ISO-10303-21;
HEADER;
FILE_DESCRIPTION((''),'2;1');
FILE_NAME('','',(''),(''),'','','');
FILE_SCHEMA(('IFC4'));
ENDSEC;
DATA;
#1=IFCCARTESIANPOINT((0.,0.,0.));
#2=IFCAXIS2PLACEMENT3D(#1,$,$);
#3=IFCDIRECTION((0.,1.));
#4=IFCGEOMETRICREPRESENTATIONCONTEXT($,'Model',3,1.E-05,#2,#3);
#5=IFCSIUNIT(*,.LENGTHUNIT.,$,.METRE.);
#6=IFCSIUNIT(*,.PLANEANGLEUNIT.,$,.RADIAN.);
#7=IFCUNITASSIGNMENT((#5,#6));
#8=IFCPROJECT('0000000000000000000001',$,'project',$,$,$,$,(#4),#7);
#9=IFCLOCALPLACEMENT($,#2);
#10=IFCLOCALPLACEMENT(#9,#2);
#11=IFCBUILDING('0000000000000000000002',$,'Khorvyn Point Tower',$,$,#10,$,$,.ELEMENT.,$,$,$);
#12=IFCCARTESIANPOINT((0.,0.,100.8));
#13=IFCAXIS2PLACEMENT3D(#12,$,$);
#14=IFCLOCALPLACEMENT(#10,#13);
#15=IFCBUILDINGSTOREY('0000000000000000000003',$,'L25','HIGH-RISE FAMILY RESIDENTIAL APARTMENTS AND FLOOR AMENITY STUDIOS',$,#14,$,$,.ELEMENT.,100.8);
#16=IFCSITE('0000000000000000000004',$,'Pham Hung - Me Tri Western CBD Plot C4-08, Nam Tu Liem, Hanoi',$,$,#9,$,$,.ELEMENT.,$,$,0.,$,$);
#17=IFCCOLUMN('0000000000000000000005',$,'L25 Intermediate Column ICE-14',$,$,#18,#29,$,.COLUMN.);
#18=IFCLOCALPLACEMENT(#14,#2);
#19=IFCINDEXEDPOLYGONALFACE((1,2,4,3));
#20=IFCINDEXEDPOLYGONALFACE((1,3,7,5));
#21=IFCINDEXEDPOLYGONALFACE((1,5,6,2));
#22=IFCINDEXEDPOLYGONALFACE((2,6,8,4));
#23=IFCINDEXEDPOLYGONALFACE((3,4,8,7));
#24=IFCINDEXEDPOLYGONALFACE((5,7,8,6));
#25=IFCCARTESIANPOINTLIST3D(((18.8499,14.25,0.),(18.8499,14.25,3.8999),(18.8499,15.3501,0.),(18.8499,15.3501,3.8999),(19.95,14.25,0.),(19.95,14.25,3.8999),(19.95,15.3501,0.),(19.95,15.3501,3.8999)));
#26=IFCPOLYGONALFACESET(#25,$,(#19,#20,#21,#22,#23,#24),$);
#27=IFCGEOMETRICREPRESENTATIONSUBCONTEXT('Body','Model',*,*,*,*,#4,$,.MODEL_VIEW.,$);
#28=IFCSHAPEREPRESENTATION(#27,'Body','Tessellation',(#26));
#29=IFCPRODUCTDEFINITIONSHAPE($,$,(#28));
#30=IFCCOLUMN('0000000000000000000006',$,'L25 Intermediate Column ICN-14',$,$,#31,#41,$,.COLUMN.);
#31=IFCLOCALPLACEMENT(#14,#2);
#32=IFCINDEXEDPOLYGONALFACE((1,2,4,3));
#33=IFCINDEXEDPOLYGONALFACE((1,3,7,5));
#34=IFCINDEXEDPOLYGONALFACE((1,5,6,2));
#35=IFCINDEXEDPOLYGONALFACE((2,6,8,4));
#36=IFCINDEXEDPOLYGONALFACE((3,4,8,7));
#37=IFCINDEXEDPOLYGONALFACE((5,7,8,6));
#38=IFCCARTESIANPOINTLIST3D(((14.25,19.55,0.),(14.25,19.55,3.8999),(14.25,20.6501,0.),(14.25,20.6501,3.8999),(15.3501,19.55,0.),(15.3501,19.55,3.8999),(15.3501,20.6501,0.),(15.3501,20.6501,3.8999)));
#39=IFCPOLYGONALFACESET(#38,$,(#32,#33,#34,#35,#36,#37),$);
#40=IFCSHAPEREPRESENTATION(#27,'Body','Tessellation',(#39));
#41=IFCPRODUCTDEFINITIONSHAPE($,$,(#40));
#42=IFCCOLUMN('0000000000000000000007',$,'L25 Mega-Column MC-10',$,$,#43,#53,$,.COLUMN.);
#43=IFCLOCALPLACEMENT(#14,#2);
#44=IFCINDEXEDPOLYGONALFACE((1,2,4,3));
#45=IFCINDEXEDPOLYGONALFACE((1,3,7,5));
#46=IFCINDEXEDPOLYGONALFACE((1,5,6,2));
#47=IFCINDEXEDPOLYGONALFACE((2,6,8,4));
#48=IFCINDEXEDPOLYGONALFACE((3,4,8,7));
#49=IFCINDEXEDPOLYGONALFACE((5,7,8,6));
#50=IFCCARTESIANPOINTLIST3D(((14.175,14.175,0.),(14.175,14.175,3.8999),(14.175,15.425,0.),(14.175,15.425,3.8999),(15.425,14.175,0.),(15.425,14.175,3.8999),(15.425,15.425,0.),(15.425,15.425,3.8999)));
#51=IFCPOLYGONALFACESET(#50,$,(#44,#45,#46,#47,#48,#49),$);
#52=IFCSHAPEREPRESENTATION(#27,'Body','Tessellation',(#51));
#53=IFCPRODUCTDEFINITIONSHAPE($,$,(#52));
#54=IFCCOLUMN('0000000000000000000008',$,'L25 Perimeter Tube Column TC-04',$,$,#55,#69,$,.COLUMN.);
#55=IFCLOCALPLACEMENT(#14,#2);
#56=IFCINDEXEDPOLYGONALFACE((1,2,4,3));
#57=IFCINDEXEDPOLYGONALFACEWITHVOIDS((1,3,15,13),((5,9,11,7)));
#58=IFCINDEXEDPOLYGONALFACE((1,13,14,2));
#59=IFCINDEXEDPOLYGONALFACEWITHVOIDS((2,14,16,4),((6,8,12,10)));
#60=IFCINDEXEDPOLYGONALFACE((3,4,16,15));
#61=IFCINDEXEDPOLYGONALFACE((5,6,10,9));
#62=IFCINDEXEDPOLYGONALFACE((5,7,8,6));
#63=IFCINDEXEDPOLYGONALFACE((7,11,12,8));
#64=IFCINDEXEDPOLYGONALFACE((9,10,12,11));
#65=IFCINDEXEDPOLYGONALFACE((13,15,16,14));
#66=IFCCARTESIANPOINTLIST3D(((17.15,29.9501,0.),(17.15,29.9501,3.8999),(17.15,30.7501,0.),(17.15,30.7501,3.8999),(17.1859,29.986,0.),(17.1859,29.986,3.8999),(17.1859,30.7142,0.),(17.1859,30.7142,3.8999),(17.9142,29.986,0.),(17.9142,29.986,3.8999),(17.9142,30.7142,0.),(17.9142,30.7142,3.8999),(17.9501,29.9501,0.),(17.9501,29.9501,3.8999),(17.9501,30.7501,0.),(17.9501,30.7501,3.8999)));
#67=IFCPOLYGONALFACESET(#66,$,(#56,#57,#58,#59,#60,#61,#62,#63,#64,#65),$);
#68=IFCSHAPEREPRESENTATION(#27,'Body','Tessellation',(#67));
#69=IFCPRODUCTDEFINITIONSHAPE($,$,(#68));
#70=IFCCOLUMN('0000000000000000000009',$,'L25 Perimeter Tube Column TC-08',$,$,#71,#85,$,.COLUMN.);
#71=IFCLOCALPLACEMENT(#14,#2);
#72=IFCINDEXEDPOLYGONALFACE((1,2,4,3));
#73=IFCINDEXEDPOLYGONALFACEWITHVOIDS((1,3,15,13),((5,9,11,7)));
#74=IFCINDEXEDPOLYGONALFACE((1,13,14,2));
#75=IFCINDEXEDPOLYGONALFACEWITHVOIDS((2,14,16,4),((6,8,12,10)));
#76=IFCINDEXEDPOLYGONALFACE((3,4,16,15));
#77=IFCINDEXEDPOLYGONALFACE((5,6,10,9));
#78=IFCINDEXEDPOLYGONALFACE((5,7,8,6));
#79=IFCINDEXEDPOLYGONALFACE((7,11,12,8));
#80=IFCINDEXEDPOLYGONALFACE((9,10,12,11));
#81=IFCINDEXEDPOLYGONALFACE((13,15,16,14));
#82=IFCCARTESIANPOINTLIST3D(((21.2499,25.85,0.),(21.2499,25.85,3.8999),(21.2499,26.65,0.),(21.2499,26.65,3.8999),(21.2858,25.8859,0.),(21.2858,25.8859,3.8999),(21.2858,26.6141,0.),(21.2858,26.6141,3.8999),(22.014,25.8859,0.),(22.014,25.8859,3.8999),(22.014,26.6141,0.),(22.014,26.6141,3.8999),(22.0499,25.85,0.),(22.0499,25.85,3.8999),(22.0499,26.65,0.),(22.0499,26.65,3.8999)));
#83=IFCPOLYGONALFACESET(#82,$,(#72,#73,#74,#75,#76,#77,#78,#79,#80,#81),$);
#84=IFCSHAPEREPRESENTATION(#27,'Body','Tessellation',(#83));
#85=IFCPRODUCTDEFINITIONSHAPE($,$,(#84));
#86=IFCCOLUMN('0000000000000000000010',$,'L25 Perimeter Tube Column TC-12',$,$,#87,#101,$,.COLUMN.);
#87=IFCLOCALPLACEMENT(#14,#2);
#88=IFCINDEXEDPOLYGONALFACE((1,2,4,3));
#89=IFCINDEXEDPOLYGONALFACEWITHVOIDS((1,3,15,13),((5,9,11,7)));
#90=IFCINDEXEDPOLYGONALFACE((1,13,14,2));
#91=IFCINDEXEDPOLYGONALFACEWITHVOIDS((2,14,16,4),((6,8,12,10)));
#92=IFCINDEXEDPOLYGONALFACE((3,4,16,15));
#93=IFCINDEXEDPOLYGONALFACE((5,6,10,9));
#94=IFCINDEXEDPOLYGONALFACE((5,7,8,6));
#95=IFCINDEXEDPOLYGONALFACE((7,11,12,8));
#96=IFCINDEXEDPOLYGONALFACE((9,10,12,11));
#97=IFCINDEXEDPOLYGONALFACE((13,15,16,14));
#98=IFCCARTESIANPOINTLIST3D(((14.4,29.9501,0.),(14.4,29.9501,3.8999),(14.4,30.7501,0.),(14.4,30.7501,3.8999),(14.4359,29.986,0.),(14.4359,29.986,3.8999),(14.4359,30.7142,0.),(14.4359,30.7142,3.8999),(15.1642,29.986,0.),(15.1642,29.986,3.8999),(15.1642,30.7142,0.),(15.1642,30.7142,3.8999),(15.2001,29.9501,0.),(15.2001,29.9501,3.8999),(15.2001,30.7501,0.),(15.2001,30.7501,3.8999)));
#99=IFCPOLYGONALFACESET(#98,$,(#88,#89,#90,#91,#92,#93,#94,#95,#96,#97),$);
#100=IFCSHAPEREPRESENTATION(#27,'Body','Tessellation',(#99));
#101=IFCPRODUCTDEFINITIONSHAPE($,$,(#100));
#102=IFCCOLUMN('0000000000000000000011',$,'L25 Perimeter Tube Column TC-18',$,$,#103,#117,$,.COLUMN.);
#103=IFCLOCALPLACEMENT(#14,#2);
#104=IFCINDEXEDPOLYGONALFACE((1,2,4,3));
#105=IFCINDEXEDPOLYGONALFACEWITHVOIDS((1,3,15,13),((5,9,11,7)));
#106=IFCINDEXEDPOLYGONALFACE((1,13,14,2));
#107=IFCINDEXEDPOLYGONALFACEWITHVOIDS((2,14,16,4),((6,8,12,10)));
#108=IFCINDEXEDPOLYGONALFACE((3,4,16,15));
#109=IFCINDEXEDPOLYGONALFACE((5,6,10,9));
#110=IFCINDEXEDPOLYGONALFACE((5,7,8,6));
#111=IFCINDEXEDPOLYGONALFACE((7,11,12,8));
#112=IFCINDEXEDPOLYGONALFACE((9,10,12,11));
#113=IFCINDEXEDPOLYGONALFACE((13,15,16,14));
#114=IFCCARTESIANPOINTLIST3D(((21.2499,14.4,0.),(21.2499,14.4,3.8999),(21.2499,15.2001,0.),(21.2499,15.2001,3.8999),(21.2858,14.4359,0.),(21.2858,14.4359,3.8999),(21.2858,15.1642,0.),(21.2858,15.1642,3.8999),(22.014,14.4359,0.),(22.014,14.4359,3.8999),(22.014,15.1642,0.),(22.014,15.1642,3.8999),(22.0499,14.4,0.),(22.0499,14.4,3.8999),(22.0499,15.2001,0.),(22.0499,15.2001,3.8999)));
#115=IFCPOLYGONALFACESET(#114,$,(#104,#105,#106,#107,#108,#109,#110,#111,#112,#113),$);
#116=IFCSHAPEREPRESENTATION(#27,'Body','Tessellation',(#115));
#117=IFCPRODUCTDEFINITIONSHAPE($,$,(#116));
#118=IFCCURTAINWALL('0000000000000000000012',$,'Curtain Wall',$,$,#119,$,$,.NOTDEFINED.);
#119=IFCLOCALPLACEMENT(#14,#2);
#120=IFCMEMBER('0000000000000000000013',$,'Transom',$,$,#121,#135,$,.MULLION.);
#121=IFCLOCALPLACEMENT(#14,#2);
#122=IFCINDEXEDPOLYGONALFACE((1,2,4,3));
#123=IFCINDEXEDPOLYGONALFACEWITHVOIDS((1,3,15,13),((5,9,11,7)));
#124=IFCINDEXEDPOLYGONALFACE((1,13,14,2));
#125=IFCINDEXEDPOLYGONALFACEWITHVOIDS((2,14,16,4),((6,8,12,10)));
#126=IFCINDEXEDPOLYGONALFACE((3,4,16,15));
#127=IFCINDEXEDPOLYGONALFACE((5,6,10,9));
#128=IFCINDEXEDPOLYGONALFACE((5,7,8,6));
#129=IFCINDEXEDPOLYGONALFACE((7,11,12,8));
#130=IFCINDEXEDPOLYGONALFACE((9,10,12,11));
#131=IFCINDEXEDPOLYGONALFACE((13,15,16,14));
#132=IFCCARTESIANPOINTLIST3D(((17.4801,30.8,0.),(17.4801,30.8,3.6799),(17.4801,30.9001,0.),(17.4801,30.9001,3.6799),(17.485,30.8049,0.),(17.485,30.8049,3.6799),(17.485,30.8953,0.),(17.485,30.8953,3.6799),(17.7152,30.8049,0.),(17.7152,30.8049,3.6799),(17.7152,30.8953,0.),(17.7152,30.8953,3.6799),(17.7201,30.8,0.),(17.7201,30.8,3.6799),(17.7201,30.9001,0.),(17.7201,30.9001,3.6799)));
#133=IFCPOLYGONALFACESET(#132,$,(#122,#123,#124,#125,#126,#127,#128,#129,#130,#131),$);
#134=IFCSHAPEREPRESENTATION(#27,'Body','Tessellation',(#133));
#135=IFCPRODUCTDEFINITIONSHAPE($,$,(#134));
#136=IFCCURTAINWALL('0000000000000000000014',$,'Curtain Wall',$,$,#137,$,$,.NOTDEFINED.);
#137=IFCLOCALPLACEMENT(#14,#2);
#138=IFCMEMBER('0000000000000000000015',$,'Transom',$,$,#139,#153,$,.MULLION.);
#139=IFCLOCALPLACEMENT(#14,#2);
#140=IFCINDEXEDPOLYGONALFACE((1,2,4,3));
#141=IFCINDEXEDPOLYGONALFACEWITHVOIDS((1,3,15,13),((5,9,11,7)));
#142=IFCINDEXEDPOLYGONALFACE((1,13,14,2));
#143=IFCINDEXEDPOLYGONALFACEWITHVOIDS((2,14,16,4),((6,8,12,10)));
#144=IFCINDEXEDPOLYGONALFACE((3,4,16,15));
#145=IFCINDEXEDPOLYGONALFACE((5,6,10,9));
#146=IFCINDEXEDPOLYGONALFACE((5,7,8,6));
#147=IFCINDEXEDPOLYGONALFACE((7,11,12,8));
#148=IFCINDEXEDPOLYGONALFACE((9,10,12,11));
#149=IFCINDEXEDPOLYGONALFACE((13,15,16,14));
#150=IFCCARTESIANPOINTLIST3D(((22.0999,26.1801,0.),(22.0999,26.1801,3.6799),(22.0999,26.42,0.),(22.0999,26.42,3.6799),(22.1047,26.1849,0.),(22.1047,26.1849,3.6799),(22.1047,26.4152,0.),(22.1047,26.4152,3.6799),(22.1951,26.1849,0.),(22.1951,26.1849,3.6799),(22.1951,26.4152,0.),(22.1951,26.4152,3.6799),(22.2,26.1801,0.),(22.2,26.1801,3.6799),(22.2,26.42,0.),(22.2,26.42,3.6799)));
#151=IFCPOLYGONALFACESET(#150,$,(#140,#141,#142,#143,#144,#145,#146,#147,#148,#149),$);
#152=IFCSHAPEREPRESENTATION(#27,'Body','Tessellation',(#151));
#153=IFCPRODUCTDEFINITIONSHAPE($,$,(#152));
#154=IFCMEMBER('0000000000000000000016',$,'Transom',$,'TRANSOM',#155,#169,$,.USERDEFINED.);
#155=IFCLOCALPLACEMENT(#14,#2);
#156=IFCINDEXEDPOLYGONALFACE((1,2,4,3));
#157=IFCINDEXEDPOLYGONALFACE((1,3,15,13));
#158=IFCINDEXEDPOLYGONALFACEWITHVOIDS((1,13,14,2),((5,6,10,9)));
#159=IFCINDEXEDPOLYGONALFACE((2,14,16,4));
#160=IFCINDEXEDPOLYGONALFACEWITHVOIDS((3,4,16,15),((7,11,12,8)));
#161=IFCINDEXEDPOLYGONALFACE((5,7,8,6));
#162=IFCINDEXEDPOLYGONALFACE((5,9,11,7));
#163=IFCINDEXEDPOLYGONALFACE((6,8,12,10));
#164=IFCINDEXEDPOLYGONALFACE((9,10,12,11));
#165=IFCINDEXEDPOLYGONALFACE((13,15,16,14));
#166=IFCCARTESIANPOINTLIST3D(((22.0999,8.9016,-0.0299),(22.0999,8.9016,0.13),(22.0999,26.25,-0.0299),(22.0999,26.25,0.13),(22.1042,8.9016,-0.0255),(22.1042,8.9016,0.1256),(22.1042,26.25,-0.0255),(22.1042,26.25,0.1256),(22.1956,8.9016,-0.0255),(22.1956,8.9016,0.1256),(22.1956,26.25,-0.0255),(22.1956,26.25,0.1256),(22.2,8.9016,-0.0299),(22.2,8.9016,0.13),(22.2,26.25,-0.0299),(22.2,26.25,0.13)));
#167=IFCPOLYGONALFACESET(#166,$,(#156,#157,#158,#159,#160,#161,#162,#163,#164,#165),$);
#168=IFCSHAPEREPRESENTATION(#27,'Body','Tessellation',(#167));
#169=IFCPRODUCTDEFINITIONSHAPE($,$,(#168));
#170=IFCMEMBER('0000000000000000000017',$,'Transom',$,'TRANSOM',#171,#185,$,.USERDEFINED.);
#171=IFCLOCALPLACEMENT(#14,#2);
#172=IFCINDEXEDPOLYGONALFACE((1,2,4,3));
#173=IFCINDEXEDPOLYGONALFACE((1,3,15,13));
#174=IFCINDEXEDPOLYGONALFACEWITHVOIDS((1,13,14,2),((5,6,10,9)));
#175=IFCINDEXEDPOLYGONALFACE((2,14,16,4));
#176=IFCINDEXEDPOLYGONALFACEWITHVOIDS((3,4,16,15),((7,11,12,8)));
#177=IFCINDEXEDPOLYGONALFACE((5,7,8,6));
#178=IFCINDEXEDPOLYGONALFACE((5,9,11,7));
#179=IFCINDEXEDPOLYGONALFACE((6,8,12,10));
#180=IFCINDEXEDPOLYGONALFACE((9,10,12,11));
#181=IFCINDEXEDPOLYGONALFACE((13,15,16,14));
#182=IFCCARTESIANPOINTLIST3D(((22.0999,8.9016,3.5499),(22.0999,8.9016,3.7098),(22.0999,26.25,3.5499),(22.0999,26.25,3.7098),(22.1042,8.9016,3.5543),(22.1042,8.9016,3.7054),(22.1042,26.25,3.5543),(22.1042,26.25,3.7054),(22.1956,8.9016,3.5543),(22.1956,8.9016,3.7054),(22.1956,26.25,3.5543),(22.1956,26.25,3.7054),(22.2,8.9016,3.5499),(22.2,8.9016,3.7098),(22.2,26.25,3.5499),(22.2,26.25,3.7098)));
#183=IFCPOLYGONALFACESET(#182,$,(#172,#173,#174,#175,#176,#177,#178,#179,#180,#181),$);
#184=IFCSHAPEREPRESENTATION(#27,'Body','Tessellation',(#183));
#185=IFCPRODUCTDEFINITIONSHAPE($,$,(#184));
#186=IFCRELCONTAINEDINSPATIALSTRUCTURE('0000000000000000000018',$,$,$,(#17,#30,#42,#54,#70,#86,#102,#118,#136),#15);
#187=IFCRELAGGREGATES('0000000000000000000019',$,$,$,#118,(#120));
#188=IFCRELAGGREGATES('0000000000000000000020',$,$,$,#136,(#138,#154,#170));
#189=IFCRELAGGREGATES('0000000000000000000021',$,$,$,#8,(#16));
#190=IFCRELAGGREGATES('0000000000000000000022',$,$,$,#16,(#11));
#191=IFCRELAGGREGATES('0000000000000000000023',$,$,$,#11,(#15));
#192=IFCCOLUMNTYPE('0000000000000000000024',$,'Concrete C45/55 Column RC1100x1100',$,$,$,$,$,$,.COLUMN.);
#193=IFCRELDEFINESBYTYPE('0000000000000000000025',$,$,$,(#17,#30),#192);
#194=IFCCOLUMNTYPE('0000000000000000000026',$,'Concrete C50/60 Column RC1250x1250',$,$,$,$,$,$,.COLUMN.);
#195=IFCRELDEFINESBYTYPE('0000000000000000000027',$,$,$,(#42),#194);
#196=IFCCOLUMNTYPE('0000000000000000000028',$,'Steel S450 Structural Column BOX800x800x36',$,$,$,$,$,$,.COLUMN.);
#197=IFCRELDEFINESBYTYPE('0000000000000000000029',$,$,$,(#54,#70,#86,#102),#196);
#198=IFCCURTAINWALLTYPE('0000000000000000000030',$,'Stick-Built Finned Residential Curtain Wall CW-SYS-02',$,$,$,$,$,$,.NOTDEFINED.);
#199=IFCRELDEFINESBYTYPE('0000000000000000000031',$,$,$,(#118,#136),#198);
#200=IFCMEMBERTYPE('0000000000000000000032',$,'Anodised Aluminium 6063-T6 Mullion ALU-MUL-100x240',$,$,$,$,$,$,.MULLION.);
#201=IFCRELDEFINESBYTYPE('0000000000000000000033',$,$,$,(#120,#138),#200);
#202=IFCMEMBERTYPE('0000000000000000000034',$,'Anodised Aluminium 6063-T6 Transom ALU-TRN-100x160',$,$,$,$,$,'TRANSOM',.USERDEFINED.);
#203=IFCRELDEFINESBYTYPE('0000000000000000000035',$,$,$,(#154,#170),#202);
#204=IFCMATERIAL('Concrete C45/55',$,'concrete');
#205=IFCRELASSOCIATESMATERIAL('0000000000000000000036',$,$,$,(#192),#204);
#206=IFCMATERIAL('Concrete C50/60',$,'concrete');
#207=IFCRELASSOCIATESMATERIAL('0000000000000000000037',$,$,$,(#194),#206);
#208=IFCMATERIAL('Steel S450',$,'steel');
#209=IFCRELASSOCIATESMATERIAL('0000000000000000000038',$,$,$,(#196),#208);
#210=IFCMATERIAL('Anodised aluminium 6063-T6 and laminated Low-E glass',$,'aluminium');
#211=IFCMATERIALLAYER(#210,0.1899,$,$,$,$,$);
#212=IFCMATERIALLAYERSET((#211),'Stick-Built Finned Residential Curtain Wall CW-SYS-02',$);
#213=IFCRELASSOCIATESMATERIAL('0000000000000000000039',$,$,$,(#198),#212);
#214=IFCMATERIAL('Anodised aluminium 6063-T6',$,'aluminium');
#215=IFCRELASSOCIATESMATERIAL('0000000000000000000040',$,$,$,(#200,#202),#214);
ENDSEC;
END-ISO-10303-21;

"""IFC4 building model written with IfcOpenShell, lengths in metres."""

from ifc_helpers import new_model, si_unit, direction, frame, origin, origin_2d, place, context, subcontext, project, spatial, rectangle, hollow_rectangle, extrude, material, layer, layer_set, material_profile, profile_set, type_object, element, aggregate, save


model = new_model("IFC4")

# Units and contexts
model_context = context("Model", 3, precision=1e-05, world=origin(), true_north=direction((0.0, 1.0)))
body_context = subcontext(model_context, "Body", "Model", "MODEL_VIEW")
ifc_project = project(units=[si_unit("LENGTHUNIT", "METRE"), si_unit("PLANEANGLEUNIT", "RADIAN")], contexts=[model_context])

# Site, building, storey
site_placement = place(None, origin())
site = spatial("IfcSite", under=ifc_project, at=site_placement, Name="Pham Hung - Me Tri Western CBD Plot C4-08, Nam Tu Liem, Hanoi", CompositionType="ELEMENT", RefElevation=0.0)
building_placement = place(site_placement, origin())
building = spatial("IfcBuilding", under=site, at=building_placement, Name="Khorvyn Point Tower", CompositionType="ELEMENT")
storey_placement = place(building_placement, frame((0.0, 0.0, 100.8)))
storey = spatial("IfcBuildingStorey", under=building, at=storey_placement, Name="L25", Description="HIGH-RISE FAMILY RESIDENTIAL APARTMENTS AND FLOOR AMENITY STUDIOS", CompositionType="ELEMENT", Elevation=100.8)

# Columns
ifc_material_1 = material(Name="Concrete C45/55", Category="concrete")
ifc_material_profile_1 = material_profile(ifc_material_1, rectangle(XDim=1.1001, YDim=1.1001, at=origin_2d()))
ifc_profile_set_1 = profile_set([ifc_material_profile_1], Name="Concrete C45/55 RC1100x1100")
column_type_1 = type_object("IfcColumnType", Name="Concrete C45/55 Column RC1100x1100", PredefinedType="COLUMN", material=ifc_profile_set_1)
for number, where, z_axis, x_axis, name in (
    (1, (19.3999, 14.8, 0.0), (0.0, 0.0, 1.0), (1.0, 0.0, 0.0), "L25 Intermediate Column ICE-14"),
    (2, (14.8, 20.1001, 0.0), (0.0, 0.0, 1.0), (1.0, 0.0, 0.0), "L25 Intermediate Column ICN-14"),
):
    element("IfcColumn", number, at=place(storey_placement, frame(where, z_axis=z_axis, x_axis=x_axis)), inside=storey, type_object=column_type_1, Name=name, PredefinedType="COLUMN", context=body_context, shape_type="SweptSolid", body=[
        extrude(rectangle(XDim=1.1001, YDim=1.1001, at=origin_2d()), origin(), (0.0, 0.0, 1.0), 3.8999),
    ])
ifc_material_2 = material(Name="Concrete C50/60", Category="concrete")
ifc_material_profile_2 = material_profile(ifc_material_2, rectangle(XDim=1.25, YDim=1.25, at=origin_2d()))
ifc_profile_set_2 = profile_set([ifc_material_profile_2], Name="Concrete C50/60 RC1250x1250")
column_type_2 = type_object("IfcColumnType", Name="Concrete C50/60 Column RC1250x1250", PredefinedType="COLUMN", material=ifc_profile_set_2)
column_placement = place(storey_placement, frame((14.8, 14.8, 0.0), z_axis=(0.0, 0.0, 1.0), x_axis=(1.0, 0.0, 0.0)))
element("IfcColumn", 3, at=column_placement, inside=storey, type_object=column_type_2, Name="L25 Mega-Column MC-10", PredefinedType="COLUMN", context=body_context, shape_type="SweptSolid", body=[
    extrude(rectangle(XDim=1.25, YDim=1.25, at=origin_2d()), origin(), (0.0, 0.0, 1.0), 3.8999),
])
ifc_material_3 = material(Name="Steel S450", Category="steel")
ifc_material_profile_3 = material_profile(ifc_material_3, hollow_rectangle(XDim=0.8, YDim=0.8, WallThickness=0.0359, at=origin_2d()))
ifc_profile_set_3 = profile_set([ifc_material_profile_3], Name="Steel S450 BOX800x800x36")
column_type_3 = type_object("IfcColumnType", Name="Steel S450 Structural Column BOX800x800x36", PredefinedType="COLUMN", material=ifc_profile_set_3)
for number, where, z_axis, x_axis, name in (
    (4, (17.55, 30.3501, 0.0), (0.0, 0.0, 1.0), (1.0, 0.0, 0.0), "L25 Perimeter Tube Column TC-04"),
    (5, (21.6499, 26.25, 0.0), (0.0, 0.0, 1.0), (1.0, 0.0, 0.0), "L25 Perimeter Tube Column TC-08"),
    (6, (14.8, 30.3501, 0.0), (0.0, 0.0, 1.0), (1.0, 0.0, 0.0), "L25 Perimeter Tube Column TC-12"),
    (7, (21.6499, 14.8, 0.0), (0.0, 0.0, 1.0), (1.0, 0.0, 0.0), "L25 Perimeter Tube Column TC-18"),
):
    element("IfcColumn", number, at=place(storey_placement, frame(where, z_axis=z_axis, x_axis=x_axis)), inside=storey, type_object=column_type_3, Name=name, PredefinedType="COLUMN", context=body_context, shape_type="SweptSolid", body=[
        extrude(hollow_rectangle(XDim=0.8, YDim=0.8, WallThickness=0.0359, at=origin_2d()), origin(), (0.0, 0.0, 1.0), 3.8999),
    ])

# Curtain wall, member
ifc_material_4 = material(Name="Anodised aluminium 6063-T6 and laminated Low-E glass", Category="aluminium")
ifc_layer_1 = layer(ifc_material_4, 0.1899)
ifc_layer_set_1 = layer_set([ifc_layer_1], Name="Stick-Built Finned Residential Curtain Wall CW-SYS-02")
curtain_wall_type = type_object("IfcCurtainWallType", Name="Stick-Built Finned Residential Curtain Wall CW-SYS-02", PredefinedType="NOTDEFINED", material=ifc_layer_set_1)
curtain_wall_1_placement = place(storey_placement, origin())
curtain_wall_1 = element("IfcCurtainWall", 8, at=curtain_wall_1_placement, inside=storey, type_object=curtain_wall_type, Name="Curtain Wall", PredefinedType="NOTDEFINED")
ifc_material_5 = material(Name="Anodised aluminium 6063-T6", Category="aluminium")
ifc_material_profile_4 = material_profile(ifc_material_5, hollow_rectangle(XDim=0.1001, YDim=0.24, WallThickness=0.0049, at=origin_2d()))
ifc_profile_set_4 = profile_set([ifc_material_profile_4], Name="Anodised aluminium 6063-T6 ALU-MUL-100x240")
member_type_1 = type_object("IfcMemberType", Name="Anodised Aluminium 6063-T6 Mullion ALU-MUL-100x240", PredefinedType="MULLION", material=ifc_profile_set_4)
member_1_placement = place(storey_placement, frame((17.6001, 30.8501, 0.0), z_axis=(0.0, 0.0, 1.0), x_axis=(0.0, 1.0, 0.0)))
member_1 = element("IfcMember", 9, at=member_1_placement, type_object=member_type_1, Name="Transom", PredefinedType="MULLION", context=body_context, shape_type="SweptSolid", body=[
    extrude(hollow_rectangle(XDim=0.1001, YDim=0.24, WallThickness=0.0049, at=origin_2d()), origin(), (0.0, 0.0, 1.0), 3.6799),
])

# Curtain wall, members
curtain_wall_2_placement = place(storey_placement, origin())
curtain_wall_2 = element("IfcCurtainWall", 10, at=curtain_wall_2_placement, inside=storey, type_object=curtain_wall_type, Name="Curtain Wall", PredefinedType="NOTDEFINED")
member_2_placement = place(storey_placement, frame((22.1499, 26.3, 0.0), z_axis=(0.0, 0.0, 1.0), x_axis=(1.0, 0.0, 0.0)))
member_2 = element("IfcMember", 11, at=member_2_placement, type_object=member_type_1, Name="Transom", PredefinedType="MULLION", context=body_context, shape_type="SweptSolid", body=[
    extrude(hollow_rectangle(XDim=0.1001, YDim=0.24, WallThickness=0.0049, at=origin_2d()), origin(), (0.0, 0.0, 1.0), 3.6799),
])
ifc_material_profile_5 = material_profile(ifc_material_5, hollow_rectangle(XDim=0.1001, YDim=0.1599, WallThickness=0.0044, at=origin_2d()))
ifc_profile_set_5 = profile_set([ifc_material_profile_5], Name="Anodised aluminium 6063-T6 ALU-TRN-100x160")
member_type_2 = type_object("IfcMemberType", Name="Anodised Aluminium 6063-T6 Transom ALU-TRN-100x160", ElementType="TRANSOM", PredefinedType="USERDEFINED", material=ifc_profile_set_5)
member_3_placement = place(storey_placement, frame((22.1499, 26.25, 0.05), z_axis=(0.0, -1.0, 0.0), x_axis=(1.0, 0.0, 0.0)))
member_3 = element("IfcMember", 12, at=member_3_placement, type_object=member_type_2, Name="Transom", ObjectType="TRANSOM", PredefinedType="USERDEFINED", context=body_context, shape_type="SweptSolid", body=[
    extrude(hollow_rectangle(XDim=0.1001, YDim=0.1599, WallThickness=0.0044, at=origin_2d()), origin(), (0.0, 0.0, 1.0), 17.3484),
])
member_4_placement = place(storey_placement, frame((22.1499, 26.25, 3.6299), z_axis=(0.0, -1.0, 0.0), x_axis=(1.0, 0.0, 0.0)))
member_4 = element("IfcMember", 13, at=member_4_placement, type_object=member_type_2, Name="Transom", ObjectType="TRANSOM", PredefinedType="USERDEFINED", context=body_context, shape_type="SweptSolid", body=[
    extrude(hollow_rectangle(XDim=0.1001, YDim=0.1599, WallThickness=0.0044, at=origin_2d()), origin(), (0.0, 0.0, 1.0), 17.3484),
])

aggregate(curtain_wall_1, [member_1])
aggregate(curtain_wall_2, [member_2, member_3, member_4])

save(model, "model.ifc")
